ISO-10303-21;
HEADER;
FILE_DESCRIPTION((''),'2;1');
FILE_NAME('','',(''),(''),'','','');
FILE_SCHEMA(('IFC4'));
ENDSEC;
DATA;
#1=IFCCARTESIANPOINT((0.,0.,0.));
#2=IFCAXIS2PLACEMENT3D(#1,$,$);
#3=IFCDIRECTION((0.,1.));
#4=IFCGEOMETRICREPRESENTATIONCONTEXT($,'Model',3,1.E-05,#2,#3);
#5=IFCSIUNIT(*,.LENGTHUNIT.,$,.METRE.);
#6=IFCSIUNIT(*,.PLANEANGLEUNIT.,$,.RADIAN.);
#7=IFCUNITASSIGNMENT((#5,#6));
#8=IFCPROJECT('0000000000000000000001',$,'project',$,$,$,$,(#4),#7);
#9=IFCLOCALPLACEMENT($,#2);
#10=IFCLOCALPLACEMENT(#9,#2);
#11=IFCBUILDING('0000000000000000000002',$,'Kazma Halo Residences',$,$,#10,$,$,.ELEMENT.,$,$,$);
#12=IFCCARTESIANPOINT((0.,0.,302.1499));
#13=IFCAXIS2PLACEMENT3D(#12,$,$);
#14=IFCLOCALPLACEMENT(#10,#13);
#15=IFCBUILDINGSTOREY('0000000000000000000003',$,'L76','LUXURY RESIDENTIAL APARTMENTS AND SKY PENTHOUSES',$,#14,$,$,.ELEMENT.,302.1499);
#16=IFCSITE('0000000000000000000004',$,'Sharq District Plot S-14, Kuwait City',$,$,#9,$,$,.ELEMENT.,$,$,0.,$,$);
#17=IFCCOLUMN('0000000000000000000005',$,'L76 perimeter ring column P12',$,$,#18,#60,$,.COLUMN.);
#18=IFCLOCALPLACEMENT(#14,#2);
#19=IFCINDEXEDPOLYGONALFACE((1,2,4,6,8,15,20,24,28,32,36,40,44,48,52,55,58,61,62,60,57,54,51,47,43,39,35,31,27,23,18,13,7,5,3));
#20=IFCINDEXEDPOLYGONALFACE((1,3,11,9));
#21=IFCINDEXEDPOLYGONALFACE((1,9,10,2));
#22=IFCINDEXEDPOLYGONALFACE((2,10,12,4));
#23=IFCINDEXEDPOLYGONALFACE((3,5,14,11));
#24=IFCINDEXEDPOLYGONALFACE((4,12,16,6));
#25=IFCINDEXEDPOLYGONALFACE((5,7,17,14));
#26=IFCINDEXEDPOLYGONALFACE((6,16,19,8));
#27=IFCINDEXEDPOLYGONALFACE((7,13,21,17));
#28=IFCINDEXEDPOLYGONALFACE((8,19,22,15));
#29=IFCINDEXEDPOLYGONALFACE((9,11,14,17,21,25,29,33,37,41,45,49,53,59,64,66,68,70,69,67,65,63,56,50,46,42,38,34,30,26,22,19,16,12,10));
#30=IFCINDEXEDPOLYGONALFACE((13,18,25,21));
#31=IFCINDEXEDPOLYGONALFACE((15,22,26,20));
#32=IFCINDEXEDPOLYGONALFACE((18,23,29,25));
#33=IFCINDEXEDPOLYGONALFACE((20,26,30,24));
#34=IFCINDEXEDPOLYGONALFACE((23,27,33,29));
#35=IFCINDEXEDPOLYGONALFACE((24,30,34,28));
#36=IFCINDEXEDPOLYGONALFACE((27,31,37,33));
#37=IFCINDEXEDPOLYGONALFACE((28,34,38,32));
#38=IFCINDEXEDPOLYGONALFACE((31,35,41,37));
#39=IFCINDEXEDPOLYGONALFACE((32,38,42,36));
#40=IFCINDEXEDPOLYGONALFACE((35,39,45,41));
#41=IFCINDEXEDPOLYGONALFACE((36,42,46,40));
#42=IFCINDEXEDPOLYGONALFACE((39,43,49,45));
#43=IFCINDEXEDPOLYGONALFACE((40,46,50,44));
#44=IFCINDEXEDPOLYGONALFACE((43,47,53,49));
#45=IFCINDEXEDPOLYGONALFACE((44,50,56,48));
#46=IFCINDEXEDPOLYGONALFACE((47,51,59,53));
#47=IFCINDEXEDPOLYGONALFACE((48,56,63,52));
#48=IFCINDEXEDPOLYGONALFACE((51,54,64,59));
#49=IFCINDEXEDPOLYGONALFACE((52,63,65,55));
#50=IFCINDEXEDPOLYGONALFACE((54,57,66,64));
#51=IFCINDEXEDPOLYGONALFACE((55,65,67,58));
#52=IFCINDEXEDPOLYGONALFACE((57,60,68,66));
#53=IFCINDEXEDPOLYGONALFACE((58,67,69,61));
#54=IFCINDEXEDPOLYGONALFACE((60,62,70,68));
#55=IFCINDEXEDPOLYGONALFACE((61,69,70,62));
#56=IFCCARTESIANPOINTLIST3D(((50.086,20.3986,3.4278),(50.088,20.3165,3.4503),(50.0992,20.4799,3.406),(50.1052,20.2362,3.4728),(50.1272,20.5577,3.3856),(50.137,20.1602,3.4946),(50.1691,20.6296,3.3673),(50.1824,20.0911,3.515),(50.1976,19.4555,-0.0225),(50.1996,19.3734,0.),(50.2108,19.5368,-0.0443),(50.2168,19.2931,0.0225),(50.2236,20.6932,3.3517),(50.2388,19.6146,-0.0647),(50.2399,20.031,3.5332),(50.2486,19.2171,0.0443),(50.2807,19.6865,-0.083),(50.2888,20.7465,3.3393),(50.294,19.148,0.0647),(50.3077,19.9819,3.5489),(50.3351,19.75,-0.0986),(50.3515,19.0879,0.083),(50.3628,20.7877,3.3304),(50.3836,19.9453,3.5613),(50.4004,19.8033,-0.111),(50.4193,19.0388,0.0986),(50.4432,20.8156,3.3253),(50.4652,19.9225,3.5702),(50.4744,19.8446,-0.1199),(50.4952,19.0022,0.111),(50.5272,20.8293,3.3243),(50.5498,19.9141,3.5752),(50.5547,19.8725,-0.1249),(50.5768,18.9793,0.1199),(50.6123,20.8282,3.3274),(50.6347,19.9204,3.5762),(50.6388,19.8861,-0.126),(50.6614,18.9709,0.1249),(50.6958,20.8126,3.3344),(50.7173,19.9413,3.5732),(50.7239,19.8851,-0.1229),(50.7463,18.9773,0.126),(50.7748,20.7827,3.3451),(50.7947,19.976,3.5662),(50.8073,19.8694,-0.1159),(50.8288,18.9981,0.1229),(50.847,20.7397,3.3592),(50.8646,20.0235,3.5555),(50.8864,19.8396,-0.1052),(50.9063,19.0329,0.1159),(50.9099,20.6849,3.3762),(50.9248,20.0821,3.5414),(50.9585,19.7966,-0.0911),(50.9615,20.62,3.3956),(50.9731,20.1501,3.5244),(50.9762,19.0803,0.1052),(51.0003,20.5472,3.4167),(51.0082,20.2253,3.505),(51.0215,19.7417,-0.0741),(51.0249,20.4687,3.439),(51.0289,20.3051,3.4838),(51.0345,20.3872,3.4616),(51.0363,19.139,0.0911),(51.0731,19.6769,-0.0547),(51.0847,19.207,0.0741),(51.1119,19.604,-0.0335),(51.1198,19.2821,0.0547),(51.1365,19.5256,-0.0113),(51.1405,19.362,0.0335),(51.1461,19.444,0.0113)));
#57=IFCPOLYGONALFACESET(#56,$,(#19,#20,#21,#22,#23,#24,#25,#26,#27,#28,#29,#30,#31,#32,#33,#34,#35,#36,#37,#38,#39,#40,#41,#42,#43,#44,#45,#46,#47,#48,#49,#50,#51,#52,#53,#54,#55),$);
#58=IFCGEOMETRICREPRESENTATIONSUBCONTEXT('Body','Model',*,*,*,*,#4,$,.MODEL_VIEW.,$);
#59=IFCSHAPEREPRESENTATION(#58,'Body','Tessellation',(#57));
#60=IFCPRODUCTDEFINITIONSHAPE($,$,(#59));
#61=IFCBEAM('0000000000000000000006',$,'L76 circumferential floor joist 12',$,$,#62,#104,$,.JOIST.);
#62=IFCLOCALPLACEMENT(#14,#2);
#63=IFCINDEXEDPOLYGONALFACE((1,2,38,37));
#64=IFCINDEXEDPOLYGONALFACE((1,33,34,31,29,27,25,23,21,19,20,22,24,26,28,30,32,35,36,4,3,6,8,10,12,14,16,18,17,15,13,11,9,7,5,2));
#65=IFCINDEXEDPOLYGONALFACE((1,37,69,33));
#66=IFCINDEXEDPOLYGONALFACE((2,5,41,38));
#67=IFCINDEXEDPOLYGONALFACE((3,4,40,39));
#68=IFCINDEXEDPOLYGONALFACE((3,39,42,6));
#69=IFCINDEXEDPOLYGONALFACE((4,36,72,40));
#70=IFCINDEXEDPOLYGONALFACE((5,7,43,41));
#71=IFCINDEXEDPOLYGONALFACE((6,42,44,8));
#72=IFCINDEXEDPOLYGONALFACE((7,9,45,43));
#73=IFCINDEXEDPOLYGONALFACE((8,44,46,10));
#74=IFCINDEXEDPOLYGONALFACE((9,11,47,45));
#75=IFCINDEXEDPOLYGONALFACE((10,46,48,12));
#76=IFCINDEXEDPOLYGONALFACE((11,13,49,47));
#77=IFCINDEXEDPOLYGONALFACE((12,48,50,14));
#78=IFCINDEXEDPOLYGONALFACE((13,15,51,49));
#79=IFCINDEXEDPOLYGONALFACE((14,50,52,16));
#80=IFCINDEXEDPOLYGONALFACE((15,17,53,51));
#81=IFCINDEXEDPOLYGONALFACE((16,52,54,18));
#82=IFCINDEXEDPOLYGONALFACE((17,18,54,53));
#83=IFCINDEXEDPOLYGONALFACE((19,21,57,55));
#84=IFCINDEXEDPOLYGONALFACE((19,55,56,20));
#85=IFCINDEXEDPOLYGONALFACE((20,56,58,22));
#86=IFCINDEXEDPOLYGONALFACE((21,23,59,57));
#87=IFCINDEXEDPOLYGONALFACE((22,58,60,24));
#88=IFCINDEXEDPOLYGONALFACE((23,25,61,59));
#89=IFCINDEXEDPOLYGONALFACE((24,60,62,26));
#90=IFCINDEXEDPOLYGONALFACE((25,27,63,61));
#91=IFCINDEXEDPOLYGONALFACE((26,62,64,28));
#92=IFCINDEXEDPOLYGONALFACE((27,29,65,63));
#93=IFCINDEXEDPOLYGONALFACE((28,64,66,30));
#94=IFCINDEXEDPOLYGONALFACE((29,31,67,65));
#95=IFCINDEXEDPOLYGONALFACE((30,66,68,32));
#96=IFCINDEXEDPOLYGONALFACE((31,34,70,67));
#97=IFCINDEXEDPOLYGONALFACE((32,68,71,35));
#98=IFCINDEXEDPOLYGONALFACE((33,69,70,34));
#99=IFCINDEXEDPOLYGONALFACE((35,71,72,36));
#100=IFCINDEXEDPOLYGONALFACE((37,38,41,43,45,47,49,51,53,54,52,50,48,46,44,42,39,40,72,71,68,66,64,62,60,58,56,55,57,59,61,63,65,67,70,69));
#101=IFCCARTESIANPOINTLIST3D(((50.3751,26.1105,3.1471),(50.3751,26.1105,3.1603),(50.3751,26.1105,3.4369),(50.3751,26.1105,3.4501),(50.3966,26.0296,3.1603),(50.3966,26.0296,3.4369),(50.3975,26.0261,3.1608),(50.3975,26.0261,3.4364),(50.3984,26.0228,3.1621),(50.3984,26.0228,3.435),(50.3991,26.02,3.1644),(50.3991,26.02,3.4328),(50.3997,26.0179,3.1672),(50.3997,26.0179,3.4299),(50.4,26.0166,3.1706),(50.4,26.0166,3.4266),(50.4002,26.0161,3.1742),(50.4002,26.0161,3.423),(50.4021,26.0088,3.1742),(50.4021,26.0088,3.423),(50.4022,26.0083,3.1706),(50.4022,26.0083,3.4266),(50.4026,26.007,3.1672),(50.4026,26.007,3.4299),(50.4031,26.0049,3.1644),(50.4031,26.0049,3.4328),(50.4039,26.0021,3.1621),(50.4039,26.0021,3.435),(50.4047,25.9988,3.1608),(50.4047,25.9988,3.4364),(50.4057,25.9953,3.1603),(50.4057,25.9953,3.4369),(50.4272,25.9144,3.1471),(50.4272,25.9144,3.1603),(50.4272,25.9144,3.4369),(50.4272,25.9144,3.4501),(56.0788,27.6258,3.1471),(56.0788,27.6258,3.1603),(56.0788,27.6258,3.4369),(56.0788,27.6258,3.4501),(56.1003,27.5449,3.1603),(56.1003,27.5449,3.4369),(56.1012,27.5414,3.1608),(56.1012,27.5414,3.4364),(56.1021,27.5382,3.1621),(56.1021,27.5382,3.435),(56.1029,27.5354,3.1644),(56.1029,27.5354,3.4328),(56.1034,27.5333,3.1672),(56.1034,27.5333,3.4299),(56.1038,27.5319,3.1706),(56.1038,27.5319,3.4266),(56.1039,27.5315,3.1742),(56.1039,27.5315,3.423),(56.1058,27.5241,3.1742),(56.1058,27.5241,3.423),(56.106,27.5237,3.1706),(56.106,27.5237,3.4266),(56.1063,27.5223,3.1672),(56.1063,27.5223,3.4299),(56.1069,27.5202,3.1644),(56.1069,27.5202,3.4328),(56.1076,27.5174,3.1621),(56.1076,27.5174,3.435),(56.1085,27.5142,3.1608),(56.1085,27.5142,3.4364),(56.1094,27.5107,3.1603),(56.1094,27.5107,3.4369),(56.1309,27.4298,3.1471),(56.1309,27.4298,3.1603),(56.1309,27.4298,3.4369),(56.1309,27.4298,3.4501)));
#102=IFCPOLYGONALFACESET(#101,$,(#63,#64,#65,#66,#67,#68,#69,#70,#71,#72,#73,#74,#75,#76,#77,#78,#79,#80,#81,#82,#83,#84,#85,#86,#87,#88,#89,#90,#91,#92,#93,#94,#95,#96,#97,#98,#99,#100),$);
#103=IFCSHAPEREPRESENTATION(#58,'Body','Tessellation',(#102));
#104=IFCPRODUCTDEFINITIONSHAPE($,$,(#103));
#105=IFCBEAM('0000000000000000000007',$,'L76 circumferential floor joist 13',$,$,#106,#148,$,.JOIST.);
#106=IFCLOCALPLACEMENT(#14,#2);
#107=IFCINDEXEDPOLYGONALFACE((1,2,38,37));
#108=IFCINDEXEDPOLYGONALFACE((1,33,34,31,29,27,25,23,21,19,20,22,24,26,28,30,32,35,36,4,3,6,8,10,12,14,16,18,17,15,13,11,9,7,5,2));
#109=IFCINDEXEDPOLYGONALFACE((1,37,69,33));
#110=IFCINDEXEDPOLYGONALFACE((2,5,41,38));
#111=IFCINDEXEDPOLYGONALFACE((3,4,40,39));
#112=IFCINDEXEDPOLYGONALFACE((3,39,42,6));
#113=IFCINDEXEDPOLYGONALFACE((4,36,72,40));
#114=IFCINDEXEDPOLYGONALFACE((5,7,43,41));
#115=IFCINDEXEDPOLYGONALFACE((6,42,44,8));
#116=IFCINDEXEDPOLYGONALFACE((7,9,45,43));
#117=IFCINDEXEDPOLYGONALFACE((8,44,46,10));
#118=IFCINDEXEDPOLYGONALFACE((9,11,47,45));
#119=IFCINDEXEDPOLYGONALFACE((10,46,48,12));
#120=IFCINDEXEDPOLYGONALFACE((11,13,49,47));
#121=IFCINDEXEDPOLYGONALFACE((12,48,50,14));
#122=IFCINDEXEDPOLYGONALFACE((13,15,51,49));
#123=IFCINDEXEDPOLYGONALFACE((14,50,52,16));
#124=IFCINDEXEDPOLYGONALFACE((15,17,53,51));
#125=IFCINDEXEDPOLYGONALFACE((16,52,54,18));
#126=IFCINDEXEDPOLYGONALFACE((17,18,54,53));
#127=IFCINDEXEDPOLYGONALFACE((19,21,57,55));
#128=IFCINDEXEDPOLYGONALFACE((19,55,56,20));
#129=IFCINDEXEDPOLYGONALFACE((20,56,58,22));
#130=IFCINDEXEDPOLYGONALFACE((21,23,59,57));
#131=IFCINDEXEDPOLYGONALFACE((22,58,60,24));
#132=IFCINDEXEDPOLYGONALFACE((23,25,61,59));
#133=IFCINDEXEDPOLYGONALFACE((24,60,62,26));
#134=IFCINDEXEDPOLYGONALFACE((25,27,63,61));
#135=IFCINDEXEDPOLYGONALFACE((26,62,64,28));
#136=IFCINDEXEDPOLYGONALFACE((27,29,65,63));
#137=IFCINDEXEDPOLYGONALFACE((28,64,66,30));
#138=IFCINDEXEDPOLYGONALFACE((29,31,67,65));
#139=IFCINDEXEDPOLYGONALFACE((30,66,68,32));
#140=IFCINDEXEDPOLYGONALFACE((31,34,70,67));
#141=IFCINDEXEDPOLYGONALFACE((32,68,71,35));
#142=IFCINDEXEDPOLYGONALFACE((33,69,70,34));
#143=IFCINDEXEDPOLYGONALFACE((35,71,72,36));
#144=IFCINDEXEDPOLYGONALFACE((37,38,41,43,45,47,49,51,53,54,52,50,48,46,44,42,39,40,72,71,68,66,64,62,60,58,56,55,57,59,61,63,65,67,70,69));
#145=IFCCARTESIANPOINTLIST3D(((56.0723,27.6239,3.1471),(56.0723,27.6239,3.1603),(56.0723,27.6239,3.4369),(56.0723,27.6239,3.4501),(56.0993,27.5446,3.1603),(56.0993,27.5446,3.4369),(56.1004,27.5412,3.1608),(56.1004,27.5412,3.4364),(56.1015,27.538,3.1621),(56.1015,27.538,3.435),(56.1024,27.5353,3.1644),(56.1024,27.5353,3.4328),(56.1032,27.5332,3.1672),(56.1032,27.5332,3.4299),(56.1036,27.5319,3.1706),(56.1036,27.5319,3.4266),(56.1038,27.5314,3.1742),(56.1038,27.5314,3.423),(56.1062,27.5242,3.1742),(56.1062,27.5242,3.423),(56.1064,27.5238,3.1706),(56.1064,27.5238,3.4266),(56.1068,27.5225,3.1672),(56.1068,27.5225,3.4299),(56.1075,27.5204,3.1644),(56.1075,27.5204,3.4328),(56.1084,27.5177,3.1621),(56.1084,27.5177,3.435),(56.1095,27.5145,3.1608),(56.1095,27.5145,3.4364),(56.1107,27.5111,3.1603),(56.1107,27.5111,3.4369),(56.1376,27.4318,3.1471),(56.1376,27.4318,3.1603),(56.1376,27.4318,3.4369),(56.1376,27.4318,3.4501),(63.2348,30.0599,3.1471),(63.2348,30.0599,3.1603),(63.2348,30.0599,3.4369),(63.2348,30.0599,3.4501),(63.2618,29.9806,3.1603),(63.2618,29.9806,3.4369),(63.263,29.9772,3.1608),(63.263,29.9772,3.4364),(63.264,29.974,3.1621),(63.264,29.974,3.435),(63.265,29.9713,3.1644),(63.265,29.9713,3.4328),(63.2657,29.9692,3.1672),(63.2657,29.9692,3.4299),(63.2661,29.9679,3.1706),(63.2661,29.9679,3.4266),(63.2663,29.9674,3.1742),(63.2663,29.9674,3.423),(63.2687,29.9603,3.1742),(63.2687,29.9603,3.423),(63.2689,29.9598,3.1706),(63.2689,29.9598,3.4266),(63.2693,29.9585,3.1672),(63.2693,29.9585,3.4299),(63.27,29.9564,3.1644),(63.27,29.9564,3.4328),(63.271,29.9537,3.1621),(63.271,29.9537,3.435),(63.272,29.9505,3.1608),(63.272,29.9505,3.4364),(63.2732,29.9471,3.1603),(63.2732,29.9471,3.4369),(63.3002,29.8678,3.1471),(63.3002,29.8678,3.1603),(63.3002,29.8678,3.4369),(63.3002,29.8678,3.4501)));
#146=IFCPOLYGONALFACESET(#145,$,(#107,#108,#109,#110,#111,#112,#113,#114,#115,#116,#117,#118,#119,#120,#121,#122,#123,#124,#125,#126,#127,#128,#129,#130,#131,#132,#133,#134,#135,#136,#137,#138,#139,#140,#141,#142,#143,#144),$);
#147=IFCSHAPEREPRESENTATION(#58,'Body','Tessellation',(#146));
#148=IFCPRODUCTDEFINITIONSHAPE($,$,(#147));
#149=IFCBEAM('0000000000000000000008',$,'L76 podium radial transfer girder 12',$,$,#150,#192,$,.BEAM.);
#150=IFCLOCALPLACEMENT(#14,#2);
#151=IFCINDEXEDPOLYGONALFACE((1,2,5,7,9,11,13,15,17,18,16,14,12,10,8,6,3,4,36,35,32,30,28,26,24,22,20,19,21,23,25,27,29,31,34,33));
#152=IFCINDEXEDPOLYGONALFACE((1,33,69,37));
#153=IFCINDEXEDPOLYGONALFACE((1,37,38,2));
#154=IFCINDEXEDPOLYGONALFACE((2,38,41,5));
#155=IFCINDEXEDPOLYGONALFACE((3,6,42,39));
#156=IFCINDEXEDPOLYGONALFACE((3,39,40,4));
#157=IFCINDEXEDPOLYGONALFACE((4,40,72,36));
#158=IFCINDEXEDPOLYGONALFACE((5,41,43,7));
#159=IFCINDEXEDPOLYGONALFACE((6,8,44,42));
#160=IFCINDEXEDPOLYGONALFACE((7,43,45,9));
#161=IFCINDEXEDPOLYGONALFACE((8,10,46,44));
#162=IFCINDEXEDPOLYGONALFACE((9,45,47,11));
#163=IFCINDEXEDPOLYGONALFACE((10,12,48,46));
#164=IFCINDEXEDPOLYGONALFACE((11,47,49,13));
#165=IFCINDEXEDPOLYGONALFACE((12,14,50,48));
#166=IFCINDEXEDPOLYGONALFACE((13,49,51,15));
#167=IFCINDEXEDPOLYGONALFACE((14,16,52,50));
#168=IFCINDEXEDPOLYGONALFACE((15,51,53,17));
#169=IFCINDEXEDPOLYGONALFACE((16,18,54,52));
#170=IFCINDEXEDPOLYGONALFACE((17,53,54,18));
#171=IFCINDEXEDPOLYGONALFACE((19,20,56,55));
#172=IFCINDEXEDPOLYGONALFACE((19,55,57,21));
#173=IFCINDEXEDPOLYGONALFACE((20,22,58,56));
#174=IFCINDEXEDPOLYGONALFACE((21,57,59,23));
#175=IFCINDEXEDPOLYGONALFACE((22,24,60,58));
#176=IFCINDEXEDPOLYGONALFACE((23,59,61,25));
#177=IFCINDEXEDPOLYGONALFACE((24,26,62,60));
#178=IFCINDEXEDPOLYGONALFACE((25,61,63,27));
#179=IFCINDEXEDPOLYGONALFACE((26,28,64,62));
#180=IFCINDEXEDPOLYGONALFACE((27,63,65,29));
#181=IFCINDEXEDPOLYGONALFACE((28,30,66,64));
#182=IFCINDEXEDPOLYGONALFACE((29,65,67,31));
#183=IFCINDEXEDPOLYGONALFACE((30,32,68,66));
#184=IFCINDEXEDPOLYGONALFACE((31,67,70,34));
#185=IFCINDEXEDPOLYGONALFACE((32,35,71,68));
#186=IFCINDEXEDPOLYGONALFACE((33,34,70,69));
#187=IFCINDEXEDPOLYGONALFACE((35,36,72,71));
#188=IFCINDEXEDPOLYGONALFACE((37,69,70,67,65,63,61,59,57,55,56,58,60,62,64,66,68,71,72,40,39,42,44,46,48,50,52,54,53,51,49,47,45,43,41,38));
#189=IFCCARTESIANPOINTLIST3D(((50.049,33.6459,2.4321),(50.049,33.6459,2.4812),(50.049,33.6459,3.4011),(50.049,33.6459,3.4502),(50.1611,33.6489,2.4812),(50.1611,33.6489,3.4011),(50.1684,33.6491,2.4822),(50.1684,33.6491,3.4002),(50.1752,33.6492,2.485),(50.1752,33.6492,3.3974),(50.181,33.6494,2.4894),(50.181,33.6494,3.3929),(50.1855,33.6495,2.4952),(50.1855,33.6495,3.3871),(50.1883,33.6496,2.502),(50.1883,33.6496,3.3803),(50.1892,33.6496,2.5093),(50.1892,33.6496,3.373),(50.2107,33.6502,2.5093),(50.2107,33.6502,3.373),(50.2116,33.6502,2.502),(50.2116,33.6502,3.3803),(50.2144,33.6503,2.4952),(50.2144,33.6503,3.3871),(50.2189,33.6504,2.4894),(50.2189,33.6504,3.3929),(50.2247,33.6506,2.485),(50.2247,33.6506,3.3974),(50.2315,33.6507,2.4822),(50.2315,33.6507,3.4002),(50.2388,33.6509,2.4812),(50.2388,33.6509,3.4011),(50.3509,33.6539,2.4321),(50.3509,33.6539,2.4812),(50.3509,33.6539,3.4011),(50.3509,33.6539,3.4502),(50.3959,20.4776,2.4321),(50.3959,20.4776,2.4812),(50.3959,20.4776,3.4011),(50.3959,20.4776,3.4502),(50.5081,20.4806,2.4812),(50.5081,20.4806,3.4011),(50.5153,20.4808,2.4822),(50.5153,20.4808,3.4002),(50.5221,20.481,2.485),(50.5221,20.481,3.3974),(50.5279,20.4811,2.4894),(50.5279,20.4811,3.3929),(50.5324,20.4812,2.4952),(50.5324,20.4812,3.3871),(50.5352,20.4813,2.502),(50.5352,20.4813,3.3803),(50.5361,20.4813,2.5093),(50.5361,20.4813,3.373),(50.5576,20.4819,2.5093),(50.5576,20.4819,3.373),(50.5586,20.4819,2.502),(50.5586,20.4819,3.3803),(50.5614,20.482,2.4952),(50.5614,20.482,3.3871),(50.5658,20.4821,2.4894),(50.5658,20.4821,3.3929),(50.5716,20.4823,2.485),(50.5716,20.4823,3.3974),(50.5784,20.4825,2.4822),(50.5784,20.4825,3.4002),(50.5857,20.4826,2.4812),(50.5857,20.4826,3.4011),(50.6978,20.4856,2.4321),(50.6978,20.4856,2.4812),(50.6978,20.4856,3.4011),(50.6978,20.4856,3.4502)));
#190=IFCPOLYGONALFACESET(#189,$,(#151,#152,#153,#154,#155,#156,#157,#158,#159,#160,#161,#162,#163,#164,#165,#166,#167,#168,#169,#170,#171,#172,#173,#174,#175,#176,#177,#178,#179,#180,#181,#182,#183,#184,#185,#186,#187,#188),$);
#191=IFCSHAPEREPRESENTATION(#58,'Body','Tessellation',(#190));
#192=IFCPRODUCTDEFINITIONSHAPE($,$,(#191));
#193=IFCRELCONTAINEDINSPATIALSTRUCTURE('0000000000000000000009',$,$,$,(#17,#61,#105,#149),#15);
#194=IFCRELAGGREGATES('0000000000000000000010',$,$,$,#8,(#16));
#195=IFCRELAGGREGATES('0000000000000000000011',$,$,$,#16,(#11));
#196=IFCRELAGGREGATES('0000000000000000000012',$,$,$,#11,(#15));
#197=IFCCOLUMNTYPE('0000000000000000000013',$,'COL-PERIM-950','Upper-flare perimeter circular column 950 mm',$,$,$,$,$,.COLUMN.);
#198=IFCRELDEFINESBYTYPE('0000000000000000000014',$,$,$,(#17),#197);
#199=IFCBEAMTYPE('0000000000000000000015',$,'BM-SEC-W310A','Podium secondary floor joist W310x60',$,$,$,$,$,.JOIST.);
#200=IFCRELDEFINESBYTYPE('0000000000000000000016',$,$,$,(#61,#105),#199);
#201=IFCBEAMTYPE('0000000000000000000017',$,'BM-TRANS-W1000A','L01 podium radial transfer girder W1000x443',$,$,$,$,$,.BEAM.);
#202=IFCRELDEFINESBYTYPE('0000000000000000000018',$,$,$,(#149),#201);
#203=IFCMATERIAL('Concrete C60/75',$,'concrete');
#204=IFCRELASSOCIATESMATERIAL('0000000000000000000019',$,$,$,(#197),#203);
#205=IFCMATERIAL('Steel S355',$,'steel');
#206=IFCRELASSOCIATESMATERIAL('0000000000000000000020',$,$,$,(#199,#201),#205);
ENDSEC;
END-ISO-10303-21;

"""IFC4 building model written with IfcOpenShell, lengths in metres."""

from ifc_helpers import new_model, si_unit, direction, frame, origin, origin_2d, place, context, subcontext, project, spatial, circle, i_section, extrude, material, material_profile, profile_set, type_object, element, save


model = new_model("IFC4")

# Units and contexts
model_context = context("Model", 3, precision=1e-05, world=origin(), true_north=direction((0.0, 1.0)))
body_context = subcontext(model_context, "Body", "Model", "MODEL_VIEW")
ifc_project = project(units=[si_unit("LENGTHUNIT", "METRE"), si_unit("PLANEANGLEUNIT", "RADIAN")], contexts=[model_context])

# Site, building, storey
site_placement = place(None, origin())
site = spatial("IfcSite", under=ifc_project, at=site_placement, Name="Sharq District Plot S-14, Kuwait City", CompositionType="ELEMENT", RefElevation=0.0)
building_placement = place(site_placement, origin())
building = spatial("IfcBuilding", under=site, at=building_placement, Name="Kazma Halo Residences", CompositionType="ELEMENT")
storey_placement = place(building_placement, frame((0.0, 0.0, 302.1499)))
storey = spatial("IfcBuildingStorey", under=building, at=storey_placement, Name="L76", Description="LUXURY RESIDENTIAL APARTMENTS AND SKY PENTHOUSES", CompositionType="ELEMENT", Elevation=302.1499)

# Column
ifc_material_1 = material(Name="Concrete C60/75", Category="concrete")
ifc_material_profile_1 = material_profile(ifc_material_1, circle(Radius=0.4751, at=origin_2d()), Name="CIRC950")
ifc_profile_set_1 = profile_set([ifc_material_profile_1], Name="Concrete C60/75")
column_type = type_object("IfcColumnType", Name="COL-PERIM-950", Description="Upper-flare perimeter circular column 950 mm", PredefinedType="COLUMN", material=ifc_profile_set_1)
column_placement = place(storey_placement, frame((50.6714, 19.4292, 0.0), z_axis=(-0.031178, 0.263549, 0.964142), x_axis=(-0.993075, -0.117483, 0.0)))
element("IfcColumn", 1, at=column_placement, inside=storey, type_object=column_type, Name="L76 perimeter ring column P12", PredefinedType="COLUMN", context=body_context, shape_type="SweptSolid", body=[
    extrude(circle(Radius=0.4751, at=origin_2d()), origin(), (0.0, 0.0, 1.0), 3.5786),
])

# Beams
ifc_material_2 = material(Name="Steel S355", Category="steel")
ifc_material_profile_2 = material_profile(ifc_material_2, i_section(OverallWidth=0.2029, OverallDepth=0.303, WebThickness=0.0076, FlangeThickness=0.0132, FilletRadius=0.0139, at=origin_2d()), Name="W310x60")
ifc_profile_set_2 = profile_set([ifc_material_profile_2], Name="Steel S355")
beam_type_1 = type_object("IfcBeamType", Name="BM-SEC-W310A", Description="Podium secondary floor joist W310x60", PredefinedType="JOIST", material=ifc_profile_set_2)
beam_1_placement = place(storey_placement, frame((50.4011, 26.0125, 3.2986), z_axis=(0.966473, 0.256769, 0.0), x_axis=(-0.256769, 0.966473, 0.0)))
element("IfcBeam", 2, at=beam_1_placement, inside=storey, type_object=beam_type_1, Name="L76 circumferential floor joist 12", PredefinedType="JOIST", context=body_context, shape_type="SweptSolid", body=[
    extrude(i_section(OverallWidth=0.2029, OverallDepth=0.303, WebThickness=0.0076, FlangeThickness=0.0132, FilletRadius=0.0139, at=origin_2d()), origin(), (0.0, 0.0, 1.0), 5.9016),
])
beam_2_placement = place(storey_placement, frame((56.105, 27.5278, 3.2986), z_axis=(0.946742, 0.321992, 0.0), x_axis=(-0.321992, 0.946742, 0.0)))
element("IfcBeam", 3, at=beam_2_placement, inside=storey, type_object=beam_type_1, Name="L76 circumferential floor joist 13", PredefinedType="JOIST", context=body_context, shape_type="SweptSolid", body=[
    extrude(i_section(OverallWidth=0.2029, OverallDepth=0.303, WebThickness=0.0076, FlangeThickness=0.0132, FilletRadius=0.0139, at=origin_2d()), origin(), (0.0, 0.0, 1.0), 7.5654),
])
ifc_material_profile_3 = material_profile(ifc_material_2, i_section(OverallWidth=0.302, OverallDepth=1.0181, WebThickness=0.0215, FlangeThickness=0.0491, FilletRadius=0.0281, at=origin_2d()), Name="W1000x443")
ifc_profile_set_3 = profile_set([ifc_material_profile_3], Name="Steel S355")
beam_type_2 = type_object("IfcBeamType", Name="BM-TRANS-W1000A", Description="L01 podium radial transfer girder W1000x443", PredefinedType="BEAM", material=ifc_profile_set_3)
beam_3_placement = place(storey_placement, frame((50.2, 33.6499, 2.9412), z_axis=(0.026336, -0.999653, 0.0), x_axis=(0.999653, 0.026336, 0.0)))
element("IfcBeam", 4, at=beam_3_placement, inside=storey, type_object=beam_type_2, Name="L76 podium radial transfer girder 12", PredefinedType="BEAM", context=body_context, shape_type="SweptSolid", body=[
    extrude(i_section(OverallWidth=0.302, OverallDepth=1.0181, WebThickness=0.0215, FlangeThickness=0.0491, FilletRadius=0.0281, at=origin_2d()), origin(), (0.0, 0.0, 1.0), 13.1729),
])

save(model, "model.ifc")
